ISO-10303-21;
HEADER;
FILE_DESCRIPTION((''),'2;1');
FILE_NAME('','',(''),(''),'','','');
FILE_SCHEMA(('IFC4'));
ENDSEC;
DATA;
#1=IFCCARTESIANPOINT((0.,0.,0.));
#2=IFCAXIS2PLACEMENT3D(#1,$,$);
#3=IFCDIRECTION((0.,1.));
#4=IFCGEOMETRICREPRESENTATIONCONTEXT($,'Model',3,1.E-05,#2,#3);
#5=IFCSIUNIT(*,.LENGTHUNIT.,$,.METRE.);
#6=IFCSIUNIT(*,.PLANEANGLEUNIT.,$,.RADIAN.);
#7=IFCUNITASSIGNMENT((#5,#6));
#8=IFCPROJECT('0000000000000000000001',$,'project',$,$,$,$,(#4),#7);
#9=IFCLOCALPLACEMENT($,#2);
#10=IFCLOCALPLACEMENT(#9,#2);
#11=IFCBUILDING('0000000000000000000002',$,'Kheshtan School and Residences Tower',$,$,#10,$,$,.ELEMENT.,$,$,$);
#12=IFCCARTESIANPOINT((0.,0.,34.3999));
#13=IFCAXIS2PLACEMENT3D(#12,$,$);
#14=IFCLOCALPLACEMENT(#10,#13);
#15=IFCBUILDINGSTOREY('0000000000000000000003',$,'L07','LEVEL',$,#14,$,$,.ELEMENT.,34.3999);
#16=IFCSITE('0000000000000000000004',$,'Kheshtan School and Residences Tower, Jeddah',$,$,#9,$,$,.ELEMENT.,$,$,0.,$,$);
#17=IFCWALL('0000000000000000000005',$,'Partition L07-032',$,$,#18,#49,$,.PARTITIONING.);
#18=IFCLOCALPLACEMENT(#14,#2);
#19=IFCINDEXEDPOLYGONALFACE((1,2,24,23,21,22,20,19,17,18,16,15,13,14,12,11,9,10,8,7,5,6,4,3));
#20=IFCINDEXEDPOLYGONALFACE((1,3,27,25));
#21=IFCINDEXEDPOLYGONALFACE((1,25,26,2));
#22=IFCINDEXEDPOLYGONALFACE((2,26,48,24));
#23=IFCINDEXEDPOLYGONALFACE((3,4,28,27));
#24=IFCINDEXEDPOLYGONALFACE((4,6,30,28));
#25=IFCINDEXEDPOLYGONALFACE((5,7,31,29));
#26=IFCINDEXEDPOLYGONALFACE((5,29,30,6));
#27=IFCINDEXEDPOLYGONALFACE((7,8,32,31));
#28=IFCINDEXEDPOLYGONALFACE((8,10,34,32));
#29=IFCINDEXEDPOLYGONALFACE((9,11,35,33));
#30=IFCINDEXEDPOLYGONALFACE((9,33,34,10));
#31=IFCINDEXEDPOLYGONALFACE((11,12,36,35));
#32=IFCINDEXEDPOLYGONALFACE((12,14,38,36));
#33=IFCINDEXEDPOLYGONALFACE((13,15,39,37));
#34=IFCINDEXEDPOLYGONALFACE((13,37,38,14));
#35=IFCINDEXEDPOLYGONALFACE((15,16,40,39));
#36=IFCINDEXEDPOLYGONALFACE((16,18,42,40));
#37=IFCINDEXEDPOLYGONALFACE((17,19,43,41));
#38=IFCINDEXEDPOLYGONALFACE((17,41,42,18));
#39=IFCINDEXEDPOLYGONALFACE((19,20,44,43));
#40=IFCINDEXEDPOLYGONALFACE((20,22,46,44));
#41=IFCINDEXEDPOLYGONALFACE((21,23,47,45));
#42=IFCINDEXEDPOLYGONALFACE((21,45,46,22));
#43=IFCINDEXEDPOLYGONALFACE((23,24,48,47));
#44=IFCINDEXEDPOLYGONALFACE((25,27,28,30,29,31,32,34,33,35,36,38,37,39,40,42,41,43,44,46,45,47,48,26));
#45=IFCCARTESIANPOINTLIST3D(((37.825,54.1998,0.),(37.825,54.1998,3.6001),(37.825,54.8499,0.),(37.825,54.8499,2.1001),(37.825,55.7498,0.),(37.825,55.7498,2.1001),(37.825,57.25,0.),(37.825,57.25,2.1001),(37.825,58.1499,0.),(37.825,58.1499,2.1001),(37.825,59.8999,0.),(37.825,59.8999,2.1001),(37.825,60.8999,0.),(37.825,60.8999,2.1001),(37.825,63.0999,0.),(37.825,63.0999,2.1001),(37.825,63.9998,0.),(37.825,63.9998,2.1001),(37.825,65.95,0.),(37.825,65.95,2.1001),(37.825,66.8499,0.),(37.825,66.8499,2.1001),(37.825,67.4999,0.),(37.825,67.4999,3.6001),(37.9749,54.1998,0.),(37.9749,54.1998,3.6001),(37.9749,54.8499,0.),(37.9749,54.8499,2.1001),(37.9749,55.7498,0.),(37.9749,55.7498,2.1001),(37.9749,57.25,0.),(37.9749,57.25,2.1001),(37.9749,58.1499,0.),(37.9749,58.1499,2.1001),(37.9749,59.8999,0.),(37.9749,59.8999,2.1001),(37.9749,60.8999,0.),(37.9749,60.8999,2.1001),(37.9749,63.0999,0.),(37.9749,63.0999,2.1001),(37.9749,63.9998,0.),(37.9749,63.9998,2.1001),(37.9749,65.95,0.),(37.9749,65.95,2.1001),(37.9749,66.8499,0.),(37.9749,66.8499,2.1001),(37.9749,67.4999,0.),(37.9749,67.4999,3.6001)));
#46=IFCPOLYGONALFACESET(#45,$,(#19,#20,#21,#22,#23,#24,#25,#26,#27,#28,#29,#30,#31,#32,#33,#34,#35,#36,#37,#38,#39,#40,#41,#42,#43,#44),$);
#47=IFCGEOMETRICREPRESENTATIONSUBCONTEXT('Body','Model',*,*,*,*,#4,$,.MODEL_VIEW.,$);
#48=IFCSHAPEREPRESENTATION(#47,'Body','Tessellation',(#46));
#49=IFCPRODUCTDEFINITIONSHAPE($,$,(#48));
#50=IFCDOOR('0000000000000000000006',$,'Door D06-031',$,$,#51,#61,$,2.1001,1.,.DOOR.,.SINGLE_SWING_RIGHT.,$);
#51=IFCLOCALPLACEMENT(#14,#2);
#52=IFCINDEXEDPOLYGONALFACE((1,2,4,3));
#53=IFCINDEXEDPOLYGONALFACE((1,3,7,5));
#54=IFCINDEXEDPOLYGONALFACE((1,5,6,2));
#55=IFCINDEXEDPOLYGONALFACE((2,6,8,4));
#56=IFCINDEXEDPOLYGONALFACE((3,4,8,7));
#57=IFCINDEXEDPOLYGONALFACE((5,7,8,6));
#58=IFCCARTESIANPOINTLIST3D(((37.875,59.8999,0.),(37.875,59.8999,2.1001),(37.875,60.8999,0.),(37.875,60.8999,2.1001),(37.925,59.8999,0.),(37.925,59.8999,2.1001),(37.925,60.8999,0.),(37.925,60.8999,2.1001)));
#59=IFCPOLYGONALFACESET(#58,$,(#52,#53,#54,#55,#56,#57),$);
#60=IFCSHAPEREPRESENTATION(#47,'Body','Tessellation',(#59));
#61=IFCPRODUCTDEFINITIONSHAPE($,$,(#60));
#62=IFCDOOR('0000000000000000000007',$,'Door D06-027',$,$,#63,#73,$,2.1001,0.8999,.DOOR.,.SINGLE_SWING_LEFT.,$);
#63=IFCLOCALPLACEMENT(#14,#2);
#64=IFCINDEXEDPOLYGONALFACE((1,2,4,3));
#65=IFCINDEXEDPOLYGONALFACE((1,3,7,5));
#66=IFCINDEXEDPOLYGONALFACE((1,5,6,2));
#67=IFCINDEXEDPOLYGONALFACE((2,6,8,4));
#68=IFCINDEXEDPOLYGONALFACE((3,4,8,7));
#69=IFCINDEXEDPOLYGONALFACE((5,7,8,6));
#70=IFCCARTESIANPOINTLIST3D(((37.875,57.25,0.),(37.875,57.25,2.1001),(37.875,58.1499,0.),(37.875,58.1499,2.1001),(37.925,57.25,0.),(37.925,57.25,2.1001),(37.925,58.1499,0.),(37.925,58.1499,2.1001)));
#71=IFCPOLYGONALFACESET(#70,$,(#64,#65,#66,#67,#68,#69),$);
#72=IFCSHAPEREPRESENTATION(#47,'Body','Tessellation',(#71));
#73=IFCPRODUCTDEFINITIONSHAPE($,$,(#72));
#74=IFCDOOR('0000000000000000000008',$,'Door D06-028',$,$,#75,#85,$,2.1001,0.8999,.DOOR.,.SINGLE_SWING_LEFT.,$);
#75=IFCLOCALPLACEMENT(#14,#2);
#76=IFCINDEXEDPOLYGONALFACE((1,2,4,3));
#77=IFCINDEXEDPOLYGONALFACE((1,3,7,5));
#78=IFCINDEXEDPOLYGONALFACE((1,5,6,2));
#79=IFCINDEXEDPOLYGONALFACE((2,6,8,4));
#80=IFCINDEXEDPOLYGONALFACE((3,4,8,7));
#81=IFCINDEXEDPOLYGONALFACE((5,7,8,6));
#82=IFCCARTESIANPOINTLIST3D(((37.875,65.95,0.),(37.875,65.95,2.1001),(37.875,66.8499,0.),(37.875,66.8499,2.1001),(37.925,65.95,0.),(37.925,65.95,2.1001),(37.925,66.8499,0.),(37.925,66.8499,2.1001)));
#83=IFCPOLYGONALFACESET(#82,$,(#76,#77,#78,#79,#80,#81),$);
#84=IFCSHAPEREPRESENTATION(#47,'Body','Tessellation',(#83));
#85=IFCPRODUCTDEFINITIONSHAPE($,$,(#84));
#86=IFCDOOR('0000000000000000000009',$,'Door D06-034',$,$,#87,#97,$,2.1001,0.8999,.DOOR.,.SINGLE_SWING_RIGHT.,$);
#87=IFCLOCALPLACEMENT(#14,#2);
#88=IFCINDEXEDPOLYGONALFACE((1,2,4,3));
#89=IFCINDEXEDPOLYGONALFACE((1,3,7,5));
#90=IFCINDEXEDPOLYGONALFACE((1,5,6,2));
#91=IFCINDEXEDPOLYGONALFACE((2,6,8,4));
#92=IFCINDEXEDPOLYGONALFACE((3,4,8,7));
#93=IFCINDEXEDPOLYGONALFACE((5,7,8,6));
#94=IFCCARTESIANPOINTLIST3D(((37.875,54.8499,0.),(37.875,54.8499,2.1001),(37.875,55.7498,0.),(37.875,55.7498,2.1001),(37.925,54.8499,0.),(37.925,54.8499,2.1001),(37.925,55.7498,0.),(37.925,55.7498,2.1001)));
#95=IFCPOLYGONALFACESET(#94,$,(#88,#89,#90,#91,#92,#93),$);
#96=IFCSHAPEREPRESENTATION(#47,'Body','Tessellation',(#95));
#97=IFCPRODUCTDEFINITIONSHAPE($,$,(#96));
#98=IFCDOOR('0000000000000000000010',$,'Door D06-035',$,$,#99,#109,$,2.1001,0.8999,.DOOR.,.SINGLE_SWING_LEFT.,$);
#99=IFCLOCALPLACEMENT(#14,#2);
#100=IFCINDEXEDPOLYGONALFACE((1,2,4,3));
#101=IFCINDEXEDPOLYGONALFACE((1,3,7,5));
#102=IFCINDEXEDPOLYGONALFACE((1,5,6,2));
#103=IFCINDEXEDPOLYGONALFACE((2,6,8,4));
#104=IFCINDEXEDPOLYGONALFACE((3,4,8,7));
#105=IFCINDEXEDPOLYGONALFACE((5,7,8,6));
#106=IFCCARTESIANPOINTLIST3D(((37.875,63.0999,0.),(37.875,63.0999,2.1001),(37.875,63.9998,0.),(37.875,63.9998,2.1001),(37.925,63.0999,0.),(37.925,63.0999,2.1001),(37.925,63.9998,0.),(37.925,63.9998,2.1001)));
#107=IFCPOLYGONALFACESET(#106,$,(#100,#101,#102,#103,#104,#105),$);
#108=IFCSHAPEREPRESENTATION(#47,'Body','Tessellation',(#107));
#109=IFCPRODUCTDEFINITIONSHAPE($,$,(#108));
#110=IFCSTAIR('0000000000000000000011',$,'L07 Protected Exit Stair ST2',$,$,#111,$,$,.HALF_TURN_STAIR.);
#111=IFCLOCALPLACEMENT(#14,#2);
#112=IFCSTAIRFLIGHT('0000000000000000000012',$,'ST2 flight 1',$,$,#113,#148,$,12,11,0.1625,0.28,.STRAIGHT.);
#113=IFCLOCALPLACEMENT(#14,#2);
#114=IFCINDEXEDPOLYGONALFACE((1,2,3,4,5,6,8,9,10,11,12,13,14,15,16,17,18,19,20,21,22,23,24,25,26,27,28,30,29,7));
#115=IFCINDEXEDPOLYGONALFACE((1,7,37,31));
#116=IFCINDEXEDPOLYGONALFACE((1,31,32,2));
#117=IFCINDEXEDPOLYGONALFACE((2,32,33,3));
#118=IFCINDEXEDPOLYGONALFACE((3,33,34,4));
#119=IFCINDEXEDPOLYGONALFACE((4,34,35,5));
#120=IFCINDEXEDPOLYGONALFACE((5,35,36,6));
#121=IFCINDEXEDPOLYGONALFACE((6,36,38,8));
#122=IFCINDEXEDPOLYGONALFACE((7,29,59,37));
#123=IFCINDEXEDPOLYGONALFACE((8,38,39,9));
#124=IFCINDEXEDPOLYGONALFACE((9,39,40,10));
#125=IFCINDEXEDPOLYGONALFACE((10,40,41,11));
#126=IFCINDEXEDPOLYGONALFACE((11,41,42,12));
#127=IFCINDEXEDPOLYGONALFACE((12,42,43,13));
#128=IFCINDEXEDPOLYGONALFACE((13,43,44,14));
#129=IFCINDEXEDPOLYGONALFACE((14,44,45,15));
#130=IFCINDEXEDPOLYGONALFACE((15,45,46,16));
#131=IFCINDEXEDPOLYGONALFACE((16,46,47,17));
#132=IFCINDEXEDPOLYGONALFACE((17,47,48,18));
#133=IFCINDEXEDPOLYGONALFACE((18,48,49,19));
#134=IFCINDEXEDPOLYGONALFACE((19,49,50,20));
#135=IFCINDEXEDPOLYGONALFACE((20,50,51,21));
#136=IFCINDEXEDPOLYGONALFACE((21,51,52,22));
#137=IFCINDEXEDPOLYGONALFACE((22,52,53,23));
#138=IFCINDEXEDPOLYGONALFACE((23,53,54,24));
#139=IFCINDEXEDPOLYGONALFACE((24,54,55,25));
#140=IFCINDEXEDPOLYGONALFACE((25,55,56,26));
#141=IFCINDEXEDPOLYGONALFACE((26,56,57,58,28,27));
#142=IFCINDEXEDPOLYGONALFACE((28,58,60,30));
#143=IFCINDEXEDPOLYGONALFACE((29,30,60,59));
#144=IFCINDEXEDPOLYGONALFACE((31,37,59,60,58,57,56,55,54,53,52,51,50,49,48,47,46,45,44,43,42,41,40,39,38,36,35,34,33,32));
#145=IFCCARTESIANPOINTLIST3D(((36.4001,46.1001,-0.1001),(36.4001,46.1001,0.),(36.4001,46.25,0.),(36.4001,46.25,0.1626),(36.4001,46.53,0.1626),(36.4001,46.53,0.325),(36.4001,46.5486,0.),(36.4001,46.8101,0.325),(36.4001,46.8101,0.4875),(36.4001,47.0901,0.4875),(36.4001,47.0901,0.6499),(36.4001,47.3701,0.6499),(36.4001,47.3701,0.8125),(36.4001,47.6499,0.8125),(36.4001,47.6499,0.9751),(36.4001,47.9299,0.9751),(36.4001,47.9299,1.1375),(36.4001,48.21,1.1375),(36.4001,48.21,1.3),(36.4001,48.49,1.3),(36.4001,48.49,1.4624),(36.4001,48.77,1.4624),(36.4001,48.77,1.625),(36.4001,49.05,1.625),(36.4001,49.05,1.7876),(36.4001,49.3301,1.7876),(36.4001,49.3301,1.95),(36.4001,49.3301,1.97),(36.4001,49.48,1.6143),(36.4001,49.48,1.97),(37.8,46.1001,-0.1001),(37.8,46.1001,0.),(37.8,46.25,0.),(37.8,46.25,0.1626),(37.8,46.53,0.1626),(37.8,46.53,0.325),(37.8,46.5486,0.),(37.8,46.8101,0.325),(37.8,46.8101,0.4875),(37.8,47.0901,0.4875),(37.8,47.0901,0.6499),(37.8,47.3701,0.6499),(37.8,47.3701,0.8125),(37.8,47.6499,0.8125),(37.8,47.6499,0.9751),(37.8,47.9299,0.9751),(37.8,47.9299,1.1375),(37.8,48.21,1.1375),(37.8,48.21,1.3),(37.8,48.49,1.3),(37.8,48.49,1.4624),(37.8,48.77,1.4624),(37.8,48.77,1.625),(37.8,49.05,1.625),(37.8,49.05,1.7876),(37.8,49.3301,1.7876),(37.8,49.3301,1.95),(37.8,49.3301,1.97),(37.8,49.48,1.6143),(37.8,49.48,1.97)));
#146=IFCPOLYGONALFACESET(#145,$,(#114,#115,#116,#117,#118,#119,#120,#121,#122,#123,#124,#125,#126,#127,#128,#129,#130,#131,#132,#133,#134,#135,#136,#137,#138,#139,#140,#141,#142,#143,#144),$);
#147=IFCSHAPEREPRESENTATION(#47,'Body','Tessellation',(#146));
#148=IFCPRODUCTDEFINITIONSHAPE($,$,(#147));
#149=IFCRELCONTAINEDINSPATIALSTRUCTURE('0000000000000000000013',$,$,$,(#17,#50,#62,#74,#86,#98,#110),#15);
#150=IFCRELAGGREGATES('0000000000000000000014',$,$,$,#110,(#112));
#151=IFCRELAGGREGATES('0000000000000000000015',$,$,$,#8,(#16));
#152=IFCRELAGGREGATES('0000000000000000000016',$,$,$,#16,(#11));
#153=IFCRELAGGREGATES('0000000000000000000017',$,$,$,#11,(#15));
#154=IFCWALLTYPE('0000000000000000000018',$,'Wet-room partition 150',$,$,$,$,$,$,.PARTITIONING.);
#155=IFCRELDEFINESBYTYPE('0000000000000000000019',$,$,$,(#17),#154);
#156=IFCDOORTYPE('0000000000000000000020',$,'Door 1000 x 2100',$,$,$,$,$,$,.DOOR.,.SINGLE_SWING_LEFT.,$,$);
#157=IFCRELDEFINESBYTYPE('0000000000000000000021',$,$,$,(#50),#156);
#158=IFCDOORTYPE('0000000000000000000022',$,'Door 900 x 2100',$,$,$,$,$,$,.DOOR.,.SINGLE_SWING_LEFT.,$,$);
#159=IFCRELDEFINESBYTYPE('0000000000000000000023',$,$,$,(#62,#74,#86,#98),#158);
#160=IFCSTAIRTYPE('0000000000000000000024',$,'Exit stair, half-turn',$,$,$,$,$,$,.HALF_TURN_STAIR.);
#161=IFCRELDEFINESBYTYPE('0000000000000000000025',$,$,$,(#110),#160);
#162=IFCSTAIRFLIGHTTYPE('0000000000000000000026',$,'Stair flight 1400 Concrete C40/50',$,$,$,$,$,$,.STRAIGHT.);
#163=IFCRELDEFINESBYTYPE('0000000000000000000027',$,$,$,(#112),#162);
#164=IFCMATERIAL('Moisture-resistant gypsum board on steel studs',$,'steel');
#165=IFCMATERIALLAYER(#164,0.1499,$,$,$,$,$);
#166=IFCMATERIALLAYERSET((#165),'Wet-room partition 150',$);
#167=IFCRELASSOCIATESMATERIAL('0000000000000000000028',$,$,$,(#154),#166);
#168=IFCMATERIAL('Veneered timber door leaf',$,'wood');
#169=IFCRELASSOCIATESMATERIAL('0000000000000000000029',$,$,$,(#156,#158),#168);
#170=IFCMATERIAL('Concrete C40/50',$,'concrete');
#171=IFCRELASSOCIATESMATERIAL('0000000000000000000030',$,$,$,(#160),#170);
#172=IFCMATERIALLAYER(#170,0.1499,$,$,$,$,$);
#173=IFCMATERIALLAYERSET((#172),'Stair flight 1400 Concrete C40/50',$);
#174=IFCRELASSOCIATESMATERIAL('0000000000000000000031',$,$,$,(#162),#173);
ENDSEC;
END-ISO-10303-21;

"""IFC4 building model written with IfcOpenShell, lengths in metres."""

from ifc_helpers import new_model, si_unit, direction, frame, frame_2d, origin, place, context, subcontext, project, spatial, polyline, rectangle, outline, extrude, source, transform, mapped, material, layer, layer_set, type_object, element, fill, aggregate, save


model = new_model("IFC4")

# Units and contexts
model_context = context("Model", 3, precision=1e-05, world=origin(), true_north=direction((0.0, 1.0)))
body_context = subcontext(model_context, "Body", "Model", "MODEL_VIEW")
ifc_project = project(units=[si_unit("LENGTHUNIT", "METRE"), si_unit("PLANEANGLEUNIT", "RADIAN")], contexts=[model_context])

# Site, building, storey
site_placement = place(None, origin())
site = spatial("IfcSite", under=ifc_project, at=site_placement, Name="Kheshtan School and Residences Tower, Jeddah", CompositionType="ELEMENT", RefElevation=0.0)
building_placement = place(site_placement, origin())
building = spatial("IfcBuilding", under=site, at=building_placement, Name="Kheshtan School and Residences Tower", CompositionType="ELEMENT")
storey_placement = place(building_placement, frame((0.0, 0.0, 34.3999)))
storey = spatial("IfcBuildingStorey", under=building, at=storey_placement, Name="L07", Description="LEVEL", CompositionType="ELEMENT", Elevation=34.3999)

# Shared definitions
ifc_material_1 = material(Name="Concrete C40/50", Category="concrete")
ifc_material_2 = material(Name="Moisture-resistant gypsum board on steel studs", Category="steel")
ifc_layer_1 = layer(ifc_material_2, 0.1499)
ifc_layer_set_1 = layer_set([ifc_layer_1], Name="Wet-room partition 150")
wall_type_1 = type_object("IfcWallType", Name="Wet-room partition 150", PredefinedType="PARTITIONING", material=ifc_layer_set_1)

# Shared definitions
ifc_material_3 = material(Name="Veneered timber door leaf", Category="wood")

# Wall, openings, doors
wall_1_placement = place(storey_placement, frame((37.8999, 54.2, 0.0), z_axis=(0.0, 0.0, 1.0), x_axis=(0.0, 1.0, 0.0)))
wall_1 = element("IfcWall", 1, at=wall_1_placement, inside=storey, type_object=wall_type_1, Name="Partition L07-032", PredefinedType="PARTITIONING", context=body_context, shape_type="SweptSolid", body=[
    extrude(rectangle(XDim=13.3, YDim=0.1499, at=frame_2d((6.6499, 0.0))), origin(), (0.0, 0.0, 1.0), 3.6001),
])
opening_1_placement = place(wall_1_placement, frame((3.05, 0.0, 0.0)))
opening_1 = element("IfcOpeningElement", 2, at=opening_1_placement, cuts=wall_1, PredefinedType="OPENING", context=body_context, shape_type="SweptSolid", body=[
    extrude(rectangle(XDim=0.8999, YDim=2.1001, at=frame_2d((0.45, 1.05))), frame((0.0, 0.085, 0.0), z_axis=(0.0, -1.0, 0.0), x_axis=(1.0, 0.0, 0.0)), (0.0, 0.0, 1.0), 0.1699),
])
opening_2_placement = place(wall_1_placement, frame((11.75, 0.0, 0.0)))
opening_2 = element("IfcOpeningElement", 3, at=opening_2_placement, cuts=wall_1, PredefinedType="OPENING", context=body_context, shape_type="SweptSolid", body=[
    extrude(rectangle(XDim=0.8999, YDim=2.1001, at=frame_2d((0.45, 1.05))), frame((0.0, 0.085, 0.0), z_axis=(0.0, -1.0, 0.0), x_axis=(1.0, 0.0, 0.0)), (0.0, 0.0, 1.0), 0.1699),
])
opening_3_placement = place(wall_1_placement, frame((5.7, 0.0, 0.0)))
opening_3 = element("IfcOpeningElement", 4, at=opening_3_placement, cuts=wall_1, PredefinedType="OPENING", context=body_context, shape_type="SweptSolid", body=[
    extrude(rectangle(XDim=1.0, YDim=2.1001, at=frame_2d((0.5, 1.05))), frame((0.0, 0.085, 0.0), z_axis=(0.0, -1.0, 0.0), x_axis=(1.0, 0.0, 0.0)), (0.0, 0.0, 1.0), 0.1699),
])
opening_4_placement = place(wall_1_placement, frame((0.6499, 0.0, 0.0)))
opening_4 = element("IfcOpeningElement", 5, at=opening_4_placement, cuts=wall_1, PredefinedType="OPENING", context=body_context, shape_type="SweptSolid", body=[
    extrude(rectangle(XDim=0.8999, YDim=2.1001, at=frame_2d((0.45, 1.05))), frame((0.0, 0.085, 0.0), z_axis=(0.0, -1.0, 0.0), x_axis=(1.0, 0.0, 0.0)), (0.0, 0.0, 1.0), 0.1699),
])
opening_5_placement = place(wall_1_placement, frame((8.8999, 0.0, 0.0)))
opening_5 = element("IfcOpeningElement", 6, at=opening_5_placement, cuts=wall_1, PredefinedType="OPENING", context=body_context, shape_type="SweptSolid", body=[
    extrude(rectangle(XDim=0.8999, YDim=2.1001, at=frame_2d((0.45, 1.05))), frame((0.0, 0.085, 0.0), z_axis=(0.0, -1.0, 0.0), x_axis=(1.0, 0.0, 0.0)), (0.0, 0.0, 1.0), 0.1699),
])
door_type_1 = type_object("IfcDoorType", Name="Door 1000 x 2100", OperationType="SINGLE_SWING_LEFT", PredefinedType="DOOR", material=ifc_material_3)
shared_shape_1 = source(origin(), body_context, "Body", "SweptSolid", [
    extrude(rectangle(XDim=1.0, YDim=2.1001, at=frame_2d((0.5, 1.05))), frame((0.0, 0.0249, 0.0), z_axis=(0.0, -1.0, 0.0), x_axis=(1.0, 0.0, 0.0)), (0.0, 0.0, 1.0), 0.05),
])
door_1_placement = place(opening_3_placement, origin())
door_1 = element("IfcDoor", 7, at=door_1_placement, inside=storey, type_object=door_type_1, Name="Door D06-031", OperationType="SINGLE_SWING_RIGHT", OverallHeight=2.1001, OverallWidth=1.0, PredefinedType="DOOR", context=body_context, shape_type="MappedRepresentation", body=[
    mapped(shared_shape_1, transform((0.0, 0.0, 0.0), x_axis=(1.0, 0.0, 0.0), y_axis=(0.0, 1.0, 0.0), z_axis=(0.0, 0.0, 1.0), scale=1.0)),
])
fill(opening_3, door_1)
door_type_2 = type_object("IfcDoorType", Name="Door 900 x 2100", OperationType="SINGLE_SWING_LEFT", PredefinedType="DOOR", material=ifc_material_3)
shared_shape_2 = source(origin(), body_context, "Body", "SweptSolid", [
    extrude(rectangle(XDim=0.8999, YDim=2.1001, at=frame_2d((0.45, 1.05))), frame((0.0, 0.0249, 0.0), z_axis=(0.0, -1.0, 0.0), x_axis=(1.0, 0.0, 0.0)), (0.0, 0.0, 1.0), 0.05),
])
door_2_placement = place(opening_1_placement, origin())
door_2 = element("IfcDoor", 8, at=door_2_placement, inside=storey, type_object=door_type_2, Name="Door D06-027", OperationType="SINGLE_SWING_LEFT", OverallHeight=2.1001, OverallWidth=0.8999, PredefinedType="DOOR", context=body_context, shape_type="MappedRepresentation", body=[
    mapped(shared_shape_2, transform((0.0, 0.0, 0.0), x_axis=(1.0, 0.0, 0.0), y_axis=(0.0, 1.0, 0.0), z_axis=(0.0, 0.0, 1.0), scale=1.0)),
])
fill(opening_1, door_2)
door_3_placement = place(opening_2_placement, origin())
door_3 = element("IfcDoor", 9, at=door_3_placement, inside=storey, type_object=door_type_2, Name="Door D06-028", OperationType="SINGLE_SWING_LEFT", OverallHeight=2.1001, OverallWidth=0.8999, PredefinedType="DOOR", context=body_context, shape_type="MappedRepresentation", body=[
    mapped(shared_shape_2, transform((0.0, 0.0, 0.0), x_axis=(1.0, 0.0, 0.0), y_axis=(0.0, 1.0, 0.0), z_axis=(0.0, 0.0, 1.0), scale=1.0)),
])
fill(opening_2, door_3)
door_4_placement = place(opening_4_placement, origin())
door_4 = element("IfcDoor", 10, at=door_4_placement, inside=storey, type_object=door_type_2, Name="Door D06-034", OperationType="SINGLE_SWING_RIGHT", OverallHeight=2.1001, OverallWidth=0.8999, PredefinedType="DOOR", context=body_context, shape_type="MappedRepresentation", body=[
    mapped(shared_shape_2, transform((0.0, 0.0, 0.0), x_axis=(1.0, 0.0, 0.0), y_axis=(0.0, 1.0, 0.0), z_axis=(0.0, 0.0, 1.0), scale=1.0)),
])
fill(opening_4, door_4)
door_5_placement = place(opening_5_placement, origin())
door_5 = element("IfcDoor", 11, at=door_5_placement, inside=storey, type_object=door_type_2, Name="Door D06-035", OperationType="SINGLE_SWING_LEFT", OverallHeight=2.1001, OverallWidth=0.8999, PredefinedType="DOOR", context=body_context, shape_type="MappedRepresentation", body=[
    mapped(shared_shape_2, transform((0.0, 0.0, 0.0), x_axis=(1.0, 0.0, 0.0), y_axis=(0.0, 1.0, 0.0), z_axis=(0.0, 0.0, 1.0), scale=1.0)),
])
fill(opening_5, door_5)

# Stair, stair flight
stair_type = type_object("IfcStairType", Name="Exit stair, half-turn", PredefinedType="HALF_TURN_STAIR", material=ifc_material_1)
stair_placement = place(storey_placement, origin())
stair = element("IfcStair", 12, at=stair_placement, inside=storey, type_object=stair_type, Name="L07 Protected Exit Stair ST2", PredefinedType="HALF_TURN_STAIR")
ifc_layer_2 = layer(ifc_material_1, 0.1499)
ifc_layer_set_2 = layer_set([ifc_layer_2], Name="Stair flight 1400 Concrete C40/50")
stair_flight_type = type_object("IfcStairFlightType", Name="Stair flight 1400 Concrete C40/50", PredefinedType="STRAIGHT", material=ifc_layer_set_2)
stair_flight_1_placement = place(storey_placement, frame((37.1001, 46.25, 0.0), z_axis=(0.0, 0.0, 1.0), x_axis=(0.0, 1.0, 0.0)))
stair_flight_1 = element("IfcStairFlight", 13, at=stair_flight_1_placement, type_object=stair_flight_type, Name="ST2 flight 1", NumberOfRisers=12, NumberOfTreads=11, PredefinedType="STRAIGHT", RiserHeight=0.1625, TreadLength=0.28, context=body_context, shape_type="SweptSolid", body=[
    extrude(outline(polyline([(-0.1499, -0.1001), (-0.1499, 0.0), (0.0, 0.0), (0.0, 0.1626), (0.28, 0.1626), (0.28, 0.325), (0.5601, 0.325), (0.5601, 0.4875), (0.8401, 0.4875), (0.8401, 0.6499), (1.1201, 0.6499), (1.1201, 0.8125), (1.3999, 0.8125), (1.3999, 0.9751), (1.6799, 0.9751), (1.6799, 1.1375), (1.96, 1.1375), (1.96, 1.3), (2.24, 1.3), (2.24, 1.4624), (2.52, 1.4624), (2.52, 1.625), (2.8, 1.625), (2.8, 1.7876), (3.0801, 1.7876), (3.0801, 1.95), (3.0801, 1.97), (3.23, 1.97), (3.23, 1.6143), (0.2986, 0.0), (-0.1499, -0.1001)])), frame((0.0, 0.7, 0.0), z_axis=(0.0, -1.0, 0.0), x_axis=(1.0, 0.0, 0.0)), (0.0, 0.0, 1.0), 1.3999),
])
aggregate(stair, [stair_flight_1])

save(model, "model.ifc")
